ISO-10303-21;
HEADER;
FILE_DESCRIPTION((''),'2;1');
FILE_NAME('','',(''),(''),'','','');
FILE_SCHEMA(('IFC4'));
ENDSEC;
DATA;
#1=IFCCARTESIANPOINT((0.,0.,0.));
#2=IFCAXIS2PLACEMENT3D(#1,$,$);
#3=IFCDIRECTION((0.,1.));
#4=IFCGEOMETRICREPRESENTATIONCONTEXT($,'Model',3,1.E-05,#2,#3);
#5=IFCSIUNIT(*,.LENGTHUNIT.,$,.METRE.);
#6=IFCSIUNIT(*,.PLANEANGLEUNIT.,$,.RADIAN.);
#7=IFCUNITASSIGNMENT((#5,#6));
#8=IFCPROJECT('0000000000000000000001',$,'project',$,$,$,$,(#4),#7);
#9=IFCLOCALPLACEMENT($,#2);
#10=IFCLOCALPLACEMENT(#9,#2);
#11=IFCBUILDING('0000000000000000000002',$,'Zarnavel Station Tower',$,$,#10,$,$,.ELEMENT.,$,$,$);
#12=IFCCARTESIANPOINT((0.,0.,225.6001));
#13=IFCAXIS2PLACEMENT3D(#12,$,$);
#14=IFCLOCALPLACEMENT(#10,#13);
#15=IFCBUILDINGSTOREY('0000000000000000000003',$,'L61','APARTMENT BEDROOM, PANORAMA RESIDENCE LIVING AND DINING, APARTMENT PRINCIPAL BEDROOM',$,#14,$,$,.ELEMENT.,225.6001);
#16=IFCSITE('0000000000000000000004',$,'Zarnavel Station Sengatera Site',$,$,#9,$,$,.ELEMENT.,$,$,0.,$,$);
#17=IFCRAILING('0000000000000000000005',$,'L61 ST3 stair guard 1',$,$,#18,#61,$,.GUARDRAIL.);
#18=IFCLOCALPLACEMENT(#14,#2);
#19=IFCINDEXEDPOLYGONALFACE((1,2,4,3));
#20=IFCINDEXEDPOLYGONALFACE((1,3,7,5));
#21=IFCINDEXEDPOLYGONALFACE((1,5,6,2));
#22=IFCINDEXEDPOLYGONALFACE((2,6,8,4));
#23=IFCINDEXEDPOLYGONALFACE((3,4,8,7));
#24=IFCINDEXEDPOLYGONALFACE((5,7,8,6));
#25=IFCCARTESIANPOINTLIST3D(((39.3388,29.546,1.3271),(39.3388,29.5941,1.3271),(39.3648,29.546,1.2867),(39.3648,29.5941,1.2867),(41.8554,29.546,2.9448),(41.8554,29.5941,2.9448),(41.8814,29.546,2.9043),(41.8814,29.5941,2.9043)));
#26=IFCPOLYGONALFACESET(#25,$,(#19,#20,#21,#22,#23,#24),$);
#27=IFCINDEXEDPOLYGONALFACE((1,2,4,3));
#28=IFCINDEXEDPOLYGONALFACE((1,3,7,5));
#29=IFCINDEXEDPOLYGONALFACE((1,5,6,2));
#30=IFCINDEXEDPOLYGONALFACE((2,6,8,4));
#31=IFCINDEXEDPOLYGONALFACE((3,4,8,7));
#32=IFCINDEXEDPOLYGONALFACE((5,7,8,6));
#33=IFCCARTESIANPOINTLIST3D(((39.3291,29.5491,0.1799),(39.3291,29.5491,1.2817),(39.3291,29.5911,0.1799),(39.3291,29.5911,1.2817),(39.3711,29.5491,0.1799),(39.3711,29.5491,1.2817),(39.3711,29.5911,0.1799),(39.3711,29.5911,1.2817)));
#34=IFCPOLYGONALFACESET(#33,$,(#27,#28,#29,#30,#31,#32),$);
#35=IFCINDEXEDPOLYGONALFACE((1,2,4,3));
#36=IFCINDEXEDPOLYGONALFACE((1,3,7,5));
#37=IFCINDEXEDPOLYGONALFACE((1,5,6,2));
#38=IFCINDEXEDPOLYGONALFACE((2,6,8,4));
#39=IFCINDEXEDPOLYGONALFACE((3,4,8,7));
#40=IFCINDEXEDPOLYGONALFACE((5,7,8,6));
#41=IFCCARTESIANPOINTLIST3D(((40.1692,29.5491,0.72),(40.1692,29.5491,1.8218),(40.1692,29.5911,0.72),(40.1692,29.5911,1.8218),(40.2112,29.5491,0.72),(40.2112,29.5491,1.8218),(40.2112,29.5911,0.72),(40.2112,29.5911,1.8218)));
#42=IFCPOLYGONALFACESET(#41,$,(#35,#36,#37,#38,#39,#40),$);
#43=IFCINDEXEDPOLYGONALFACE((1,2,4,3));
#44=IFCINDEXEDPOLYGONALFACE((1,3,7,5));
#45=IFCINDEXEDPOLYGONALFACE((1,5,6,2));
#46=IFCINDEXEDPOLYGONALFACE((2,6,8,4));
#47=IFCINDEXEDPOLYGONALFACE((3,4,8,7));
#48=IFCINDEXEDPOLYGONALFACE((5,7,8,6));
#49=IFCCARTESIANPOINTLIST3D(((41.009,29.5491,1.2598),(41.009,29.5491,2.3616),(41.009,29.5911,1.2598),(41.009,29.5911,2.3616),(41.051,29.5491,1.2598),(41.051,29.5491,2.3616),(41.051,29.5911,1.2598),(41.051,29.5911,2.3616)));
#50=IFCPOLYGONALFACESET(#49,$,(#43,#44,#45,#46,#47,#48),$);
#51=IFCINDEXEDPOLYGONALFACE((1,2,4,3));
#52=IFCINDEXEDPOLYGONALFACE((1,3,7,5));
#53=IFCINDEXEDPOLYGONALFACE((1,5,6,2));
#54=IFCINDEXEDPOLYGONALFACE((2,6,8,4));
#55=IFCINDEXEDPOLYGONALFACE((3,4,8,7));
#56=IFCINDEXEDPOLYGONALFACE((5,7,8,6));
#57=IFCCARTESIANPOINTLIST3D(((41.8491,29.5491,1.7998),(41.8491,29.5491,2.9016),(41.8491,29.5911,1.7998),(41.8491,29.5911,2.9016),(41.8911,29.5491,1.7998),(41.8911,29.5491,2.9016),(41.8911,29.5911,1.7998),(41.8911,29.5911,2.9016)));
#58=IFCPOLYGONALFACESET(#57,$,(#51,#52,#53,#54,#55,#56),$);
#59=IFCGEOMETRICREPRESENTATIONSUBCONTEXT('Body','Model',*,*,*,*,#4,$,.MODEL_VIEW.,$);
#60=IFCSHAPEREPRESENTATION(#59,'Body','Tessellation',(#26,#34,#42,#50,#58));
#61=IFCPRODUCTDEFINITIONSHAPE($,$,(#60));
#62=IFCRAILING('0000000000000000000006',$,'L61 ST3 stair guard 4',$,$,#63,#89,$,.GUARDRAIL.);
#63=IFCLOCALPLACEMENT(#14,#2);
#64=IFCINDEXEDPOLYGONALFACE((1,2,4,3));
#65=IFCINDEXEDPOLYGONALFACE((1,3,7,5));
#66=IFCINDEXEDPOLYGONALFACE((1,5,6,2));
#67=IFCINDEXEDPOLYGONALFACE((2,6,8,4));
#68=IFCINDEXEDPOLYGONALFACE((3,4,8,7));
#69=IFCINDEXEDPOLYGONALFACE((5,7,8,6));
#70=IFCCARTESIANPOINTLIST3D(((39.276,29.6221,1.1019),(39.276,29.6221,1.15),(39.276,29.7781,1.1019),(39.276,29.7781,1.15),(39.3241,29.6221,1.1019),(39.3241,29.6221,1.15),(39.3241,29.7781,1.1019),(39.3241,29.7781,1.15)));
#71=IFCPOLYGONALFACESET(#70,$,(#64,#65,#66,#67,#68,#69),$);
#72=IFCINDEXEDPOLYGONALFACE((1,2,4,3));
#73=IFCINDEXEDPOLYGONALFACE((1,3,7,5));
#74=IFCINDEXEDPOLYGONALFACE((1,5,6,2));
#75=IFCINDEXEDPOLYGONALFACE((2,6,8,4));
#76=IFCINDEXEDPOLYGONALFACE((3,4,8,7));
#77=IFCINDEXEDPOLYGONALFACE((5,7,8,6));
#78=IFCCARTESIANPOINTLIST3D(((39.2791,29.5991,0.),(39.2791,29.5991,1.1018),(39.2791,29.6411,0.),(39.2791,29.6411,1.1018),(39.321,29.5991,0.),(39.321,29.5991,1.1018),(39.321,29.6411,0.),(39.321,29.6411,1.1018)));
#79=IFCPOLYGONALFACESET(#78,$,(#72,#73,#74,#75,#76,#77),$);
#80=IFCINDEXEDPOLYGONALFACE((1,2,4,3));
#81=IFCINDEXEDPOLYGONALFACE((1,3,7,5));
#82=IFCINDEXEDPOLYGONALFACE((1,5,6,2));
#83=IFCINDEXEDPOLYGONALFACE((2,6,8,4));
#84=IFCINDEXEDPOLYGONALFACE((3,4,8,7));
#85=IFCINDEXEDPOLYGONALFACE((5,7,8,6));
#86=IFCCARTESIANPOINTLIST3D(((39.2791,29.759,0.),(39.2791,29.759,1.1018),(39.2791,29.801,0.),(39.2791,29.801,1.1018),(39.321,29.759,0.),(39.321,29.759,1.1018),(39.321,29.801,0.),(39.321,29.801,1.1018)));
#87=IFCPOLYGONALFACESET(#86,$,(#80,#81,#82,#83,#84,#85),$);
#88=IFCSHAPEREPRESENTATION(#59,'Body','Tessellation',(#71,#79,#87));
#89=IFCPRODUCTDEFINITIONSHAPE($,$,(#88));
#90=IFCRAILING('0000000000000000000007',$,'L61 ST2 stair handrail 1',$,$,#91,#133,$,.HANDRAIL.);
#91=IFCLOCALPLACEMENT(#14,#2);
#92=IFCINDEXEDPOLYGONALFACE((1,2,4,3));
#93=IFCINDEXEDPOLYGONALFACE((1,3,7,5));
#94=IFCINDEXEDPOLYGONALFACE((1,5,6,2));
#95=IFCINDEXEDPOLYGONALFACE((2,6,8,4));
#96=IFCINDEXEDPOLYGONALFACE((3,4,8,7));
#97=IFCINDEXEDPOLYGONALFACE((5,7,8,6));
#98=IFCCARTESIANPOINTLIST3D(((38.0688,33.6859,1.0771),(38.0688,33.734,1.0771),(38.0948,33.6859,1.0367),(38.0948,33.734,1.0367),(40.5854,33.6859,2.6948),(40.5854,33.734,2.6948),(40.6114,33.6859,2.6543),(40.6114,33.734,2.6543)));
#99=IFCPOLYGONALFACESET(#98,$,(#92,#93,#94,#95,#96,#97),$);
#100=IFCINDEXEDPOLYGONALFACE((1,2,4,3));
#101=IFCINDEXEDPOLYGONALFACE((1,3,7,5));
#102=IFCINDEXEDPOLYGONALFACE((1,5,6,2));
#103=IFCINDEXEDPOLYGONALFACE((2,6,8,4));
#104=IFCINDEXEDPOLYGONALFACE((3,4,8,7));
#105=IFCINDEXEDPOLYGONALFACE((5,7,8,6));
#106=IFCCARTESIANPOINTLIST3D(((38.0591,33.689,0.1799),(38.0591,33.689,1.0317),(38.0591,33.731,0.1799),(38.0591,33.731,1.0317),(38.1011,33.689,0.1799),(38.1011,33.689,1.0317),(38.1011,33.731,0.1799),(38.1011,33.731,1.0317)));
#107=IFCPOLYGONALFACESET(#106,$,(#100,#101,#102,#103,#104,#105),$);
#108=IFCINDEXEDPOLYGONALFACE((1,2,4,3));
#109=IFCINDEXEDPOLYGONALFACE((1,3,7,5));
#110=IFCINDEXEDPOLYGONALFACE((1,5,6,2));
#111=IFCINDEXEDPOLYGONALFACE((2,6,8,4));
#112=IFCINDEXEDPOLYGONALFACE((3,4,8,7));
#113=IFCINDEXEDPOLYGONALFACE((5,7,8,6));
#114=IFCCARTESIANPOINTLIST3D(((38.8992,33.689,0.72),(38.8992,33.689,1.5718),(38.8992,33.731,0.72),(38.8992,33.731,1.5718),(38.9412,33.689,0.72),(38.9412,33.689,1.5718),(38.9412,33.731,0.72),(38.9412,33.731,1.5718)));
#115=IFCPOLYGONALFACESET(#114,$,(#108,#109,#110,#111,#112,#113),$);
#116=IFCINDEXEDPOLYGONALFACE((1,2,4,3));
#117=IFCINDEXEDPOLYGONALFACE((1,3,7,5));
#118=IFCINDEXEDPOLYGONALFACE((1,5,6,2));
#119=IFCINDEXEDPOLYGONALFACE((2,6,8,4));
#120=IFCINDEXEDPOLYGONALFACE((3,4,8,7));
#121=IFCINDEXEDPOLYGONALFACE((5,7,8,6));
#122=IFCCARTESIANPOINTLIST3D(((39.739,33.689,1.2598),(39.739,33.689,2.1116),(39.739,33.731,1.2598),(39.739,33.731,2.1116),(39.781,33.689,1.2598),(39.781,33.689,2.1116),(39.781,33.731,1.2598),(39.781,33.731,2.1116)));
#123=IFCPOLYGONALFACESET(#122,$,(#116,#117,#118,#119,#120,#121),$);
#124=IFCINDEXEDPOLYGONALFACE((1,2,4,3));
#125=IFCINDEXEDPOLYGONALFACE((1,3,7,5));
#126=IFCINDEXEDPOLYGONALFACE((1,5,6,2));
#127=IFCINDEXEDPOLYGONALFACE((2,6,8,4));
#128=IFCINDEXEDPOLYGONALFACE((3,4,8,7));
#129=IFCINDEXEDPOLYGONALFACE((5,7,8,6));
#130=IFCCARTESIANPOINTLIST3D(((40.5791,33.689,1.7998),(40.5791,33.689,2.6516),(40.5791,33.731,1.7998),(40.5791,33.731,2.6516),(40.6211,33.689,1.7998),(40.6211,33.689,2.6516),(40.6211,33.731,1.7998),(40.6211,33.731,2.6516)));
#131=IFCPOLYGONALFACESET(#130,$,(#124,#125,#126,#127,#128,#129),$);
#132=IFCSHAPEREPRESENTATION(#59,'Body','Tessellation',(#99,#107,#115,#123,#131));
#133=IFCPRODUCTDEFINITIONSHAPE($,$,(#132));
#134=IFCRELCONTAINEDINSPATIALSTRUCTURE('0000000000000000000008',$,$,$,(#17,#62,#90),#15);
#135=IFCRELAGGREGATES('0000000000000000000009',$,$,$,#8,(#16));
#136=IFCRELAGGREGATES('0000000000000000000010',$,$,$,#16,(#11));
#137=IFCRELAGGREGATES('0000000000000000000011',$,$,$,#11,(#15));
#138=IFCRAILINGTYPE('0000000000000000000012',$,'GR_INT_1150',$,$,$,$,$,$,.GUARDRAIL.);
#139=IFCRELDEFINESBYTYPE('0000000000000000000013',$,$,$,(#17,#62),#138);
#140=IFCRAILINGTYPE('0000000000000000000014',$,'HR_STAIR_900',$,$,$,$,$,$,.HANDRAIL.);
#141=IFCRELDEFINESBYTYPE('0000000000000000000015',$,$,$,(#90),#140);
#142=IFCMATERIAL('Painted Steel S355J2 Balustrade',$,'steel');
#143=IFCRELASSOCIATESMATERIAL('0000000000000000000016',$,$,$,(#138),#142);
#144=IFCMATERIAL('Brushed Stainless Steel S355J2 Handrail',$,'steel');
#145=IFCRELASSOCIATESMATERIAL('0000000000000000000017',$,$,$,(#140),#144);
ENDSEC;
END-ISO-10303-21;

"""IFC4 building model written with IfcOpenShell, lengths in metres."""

from ifc_helpers import new_model, si_unit, direction, frame, origin, origin_2d, place, context, subcontext, project, spatial, rectangle, extrude, material, type_object, element, save


model = new_model("IFC4")

# Units and contexts
model_context = context("Model", 3, precision=1e-05, world=origin(), true_north=direction((0.0, 1.0)))
body_context = subcontext(model_context, "Body", "Model", "MODEL_VIEW")
ifc_project = project(units=[si_unit("LENGTHUNIT", "METRE"), si_unit("PLANEANGLEUNIT", "RADIAN")], contexts=[model_context])

# Site, building, storey
site_placement = place(None, origin())
site = spatial("IfcSite", under=ifc_project, at=site_placement, Name="Zarnavel Station Sengatera Site", CompositionType="ELEMENT", RefElevation=0.0)
building_placement = place(site_placement, origin())
building = spatial("IfcBuilding", under=site, at=building_placement, Name="Zarnavel Station Tower", CompositionType="ELEMENT")
storey_placement = place(building_placement, frame((0.0, 0.0, 225.6001)))
storey = spatial("IfcBuildingStorey", under=building, at=storey_placement, Name="L61", Description="APARTMENT BEDROOM, PANORAMA RESIDENCE LIVING AND DINING, APARTMENT PRINCIPAL BEDROOM", CompositionType="ELEMENT", Elevation=225.6001)

# Railings
ifc_material_1 = material(Name="Painted Steel S355J2 Balustrade", Category="steel")
railing_type_1 = type_object("IfcRailingType", Name="GR_INT_1150", PredefinedType="GUARDRAIL", material=ifc_material_1)
railing_1_placement = place(storey_placement, frame((39.3501, 29.5701, 0.1799)))
element("IfcRailing", 1, at=railing_1_placement, inside=storey, type_object=railing_type_1, Name="L61 ST3 stair guard 1", PredefinedType="GUARDRAIL", context=body_context, shape_type="SweptSolid", body=[
    extrude(rectangle(XDim=0.0481, YDim=0.0481, at=origin_2d()), frame((0.0017, 0.0, 1.127), z_axis=(0.8412, 0.0, 0.540725), x_axis=(0.0, 1.0, 0.0)), (0.0, 0.0, 1.0), 2.9917),
    extrude(rectangle(XDim=0.042, YDim=0.042, at=origin_2d()), origin(), (0.0, 0.0, 1.0), 1.1018),
    extrude(rectangle(XDim=0.042, YDim=0.042, at=origin_2d()), frame((0.8401, 0.0, 0.54)), (0.0, 0.0, 1.0), 1.1018),
    extrude(rectangle(XDim=0.042, YDim=0.042, at=origin_2d()), frame((1.6799, 0.0, 1.0798)), (0.0, 0.0, 1.0), 1.1018),
    extrude(rectangle(XDim=0.042, YDim=0.042, at=origin_2d()), frame((2.52, 0.0, 1.6199)), (0.0, 0.0, 1.0), 1.1018),
])
railing_2_placement = place(storey_placement, frame((39.3, 29.6201, 0.0)))
element("IfcRailing", 2, at=railing_2_placement, inside=storey, type_object=railing_type_1, Name="L61 ST3 stair guard 4", PredefinedType="GUARDRAIL", context=body_context, shape_type="SweptSolid", body=[
    extrude(rectangle(XDim=0.0481, YDim=0.0481, at=origin_2d()), frame((0.0, 0.002, 1.126), z_axis=(0.0, 1.0, 0.0), x_axis=(-1.0, 0.0, 0.0)), (0.0, 0.0, 1.0), 0.156),
    extrude(rectangle(XDim=0.042, YDim=0.042, at=origin_2d()), origin(), (0.0, 0.0, 1.0), 1.1018),
    extrude(rectangle(XDim=0.042, YDim=0.042, at=origin_2d()), frame((0.0, 0.1599, 0.0)), (0.0, 0.0, 1.0), 1.1018),
])
ifc_material_2 = material(Name="Brushed Stainless Steel S355J2 Handrail", Category="steel")
railing_type_2 = type_object("IfcRailingType", Name="HR_STAIR_900", PredefinedType="HANDRAIL", material=ifc_material_2)
railing_3_placement = place(storey_placement, frame((38.0801, 33.71, 0.1799)))
element("IfcRailing", 3, at=railing_3_placement, inside=storey, type_object=railing_type_2, Name="L61 ST2 stair handrail 1", PredefinedType="HANDRAIL", context=body_context, shape_type="SweptSolid", body=[
    extrude(rectangle(XDim=0.0481, YDim=0.0481, at=origin_2d()), frame((0.0017, 0.0, 0.877), z_axis=(0.8412, 0.0, 0.540725), x_axis=(0.0, 1.0, 0.0)), (0.0, 0.0, 1.0), 2.9917),
    extrude(rectangle(XDim=0.042, YDim=0.042, at=origin_2d()), origin(), (0.0, 0.0, 1.0), 0.8518),
    extrude(rectangle(XDim=0.042, YDim=0.042, at=origin_2d()), frame((0.8401, 0.0, 0.54)), (0.0, 0.0, 1.0), 0.8518),
    extrude(rectangle(XDim=0.042, YDim=0.042, at=origin_2d()), frame((1.6799, 0.0, 1.0798)), (0.0, 0.0, 1.0), 0.8518),
    extrude(rectangle(XDim=0.042, YDim=0.042, at=origin_2d()), frame((2.52, 0.0, 1.6199)), (0.0, 0.0, 1.0), 0.8518),
])

save(model, "model.ifc")
